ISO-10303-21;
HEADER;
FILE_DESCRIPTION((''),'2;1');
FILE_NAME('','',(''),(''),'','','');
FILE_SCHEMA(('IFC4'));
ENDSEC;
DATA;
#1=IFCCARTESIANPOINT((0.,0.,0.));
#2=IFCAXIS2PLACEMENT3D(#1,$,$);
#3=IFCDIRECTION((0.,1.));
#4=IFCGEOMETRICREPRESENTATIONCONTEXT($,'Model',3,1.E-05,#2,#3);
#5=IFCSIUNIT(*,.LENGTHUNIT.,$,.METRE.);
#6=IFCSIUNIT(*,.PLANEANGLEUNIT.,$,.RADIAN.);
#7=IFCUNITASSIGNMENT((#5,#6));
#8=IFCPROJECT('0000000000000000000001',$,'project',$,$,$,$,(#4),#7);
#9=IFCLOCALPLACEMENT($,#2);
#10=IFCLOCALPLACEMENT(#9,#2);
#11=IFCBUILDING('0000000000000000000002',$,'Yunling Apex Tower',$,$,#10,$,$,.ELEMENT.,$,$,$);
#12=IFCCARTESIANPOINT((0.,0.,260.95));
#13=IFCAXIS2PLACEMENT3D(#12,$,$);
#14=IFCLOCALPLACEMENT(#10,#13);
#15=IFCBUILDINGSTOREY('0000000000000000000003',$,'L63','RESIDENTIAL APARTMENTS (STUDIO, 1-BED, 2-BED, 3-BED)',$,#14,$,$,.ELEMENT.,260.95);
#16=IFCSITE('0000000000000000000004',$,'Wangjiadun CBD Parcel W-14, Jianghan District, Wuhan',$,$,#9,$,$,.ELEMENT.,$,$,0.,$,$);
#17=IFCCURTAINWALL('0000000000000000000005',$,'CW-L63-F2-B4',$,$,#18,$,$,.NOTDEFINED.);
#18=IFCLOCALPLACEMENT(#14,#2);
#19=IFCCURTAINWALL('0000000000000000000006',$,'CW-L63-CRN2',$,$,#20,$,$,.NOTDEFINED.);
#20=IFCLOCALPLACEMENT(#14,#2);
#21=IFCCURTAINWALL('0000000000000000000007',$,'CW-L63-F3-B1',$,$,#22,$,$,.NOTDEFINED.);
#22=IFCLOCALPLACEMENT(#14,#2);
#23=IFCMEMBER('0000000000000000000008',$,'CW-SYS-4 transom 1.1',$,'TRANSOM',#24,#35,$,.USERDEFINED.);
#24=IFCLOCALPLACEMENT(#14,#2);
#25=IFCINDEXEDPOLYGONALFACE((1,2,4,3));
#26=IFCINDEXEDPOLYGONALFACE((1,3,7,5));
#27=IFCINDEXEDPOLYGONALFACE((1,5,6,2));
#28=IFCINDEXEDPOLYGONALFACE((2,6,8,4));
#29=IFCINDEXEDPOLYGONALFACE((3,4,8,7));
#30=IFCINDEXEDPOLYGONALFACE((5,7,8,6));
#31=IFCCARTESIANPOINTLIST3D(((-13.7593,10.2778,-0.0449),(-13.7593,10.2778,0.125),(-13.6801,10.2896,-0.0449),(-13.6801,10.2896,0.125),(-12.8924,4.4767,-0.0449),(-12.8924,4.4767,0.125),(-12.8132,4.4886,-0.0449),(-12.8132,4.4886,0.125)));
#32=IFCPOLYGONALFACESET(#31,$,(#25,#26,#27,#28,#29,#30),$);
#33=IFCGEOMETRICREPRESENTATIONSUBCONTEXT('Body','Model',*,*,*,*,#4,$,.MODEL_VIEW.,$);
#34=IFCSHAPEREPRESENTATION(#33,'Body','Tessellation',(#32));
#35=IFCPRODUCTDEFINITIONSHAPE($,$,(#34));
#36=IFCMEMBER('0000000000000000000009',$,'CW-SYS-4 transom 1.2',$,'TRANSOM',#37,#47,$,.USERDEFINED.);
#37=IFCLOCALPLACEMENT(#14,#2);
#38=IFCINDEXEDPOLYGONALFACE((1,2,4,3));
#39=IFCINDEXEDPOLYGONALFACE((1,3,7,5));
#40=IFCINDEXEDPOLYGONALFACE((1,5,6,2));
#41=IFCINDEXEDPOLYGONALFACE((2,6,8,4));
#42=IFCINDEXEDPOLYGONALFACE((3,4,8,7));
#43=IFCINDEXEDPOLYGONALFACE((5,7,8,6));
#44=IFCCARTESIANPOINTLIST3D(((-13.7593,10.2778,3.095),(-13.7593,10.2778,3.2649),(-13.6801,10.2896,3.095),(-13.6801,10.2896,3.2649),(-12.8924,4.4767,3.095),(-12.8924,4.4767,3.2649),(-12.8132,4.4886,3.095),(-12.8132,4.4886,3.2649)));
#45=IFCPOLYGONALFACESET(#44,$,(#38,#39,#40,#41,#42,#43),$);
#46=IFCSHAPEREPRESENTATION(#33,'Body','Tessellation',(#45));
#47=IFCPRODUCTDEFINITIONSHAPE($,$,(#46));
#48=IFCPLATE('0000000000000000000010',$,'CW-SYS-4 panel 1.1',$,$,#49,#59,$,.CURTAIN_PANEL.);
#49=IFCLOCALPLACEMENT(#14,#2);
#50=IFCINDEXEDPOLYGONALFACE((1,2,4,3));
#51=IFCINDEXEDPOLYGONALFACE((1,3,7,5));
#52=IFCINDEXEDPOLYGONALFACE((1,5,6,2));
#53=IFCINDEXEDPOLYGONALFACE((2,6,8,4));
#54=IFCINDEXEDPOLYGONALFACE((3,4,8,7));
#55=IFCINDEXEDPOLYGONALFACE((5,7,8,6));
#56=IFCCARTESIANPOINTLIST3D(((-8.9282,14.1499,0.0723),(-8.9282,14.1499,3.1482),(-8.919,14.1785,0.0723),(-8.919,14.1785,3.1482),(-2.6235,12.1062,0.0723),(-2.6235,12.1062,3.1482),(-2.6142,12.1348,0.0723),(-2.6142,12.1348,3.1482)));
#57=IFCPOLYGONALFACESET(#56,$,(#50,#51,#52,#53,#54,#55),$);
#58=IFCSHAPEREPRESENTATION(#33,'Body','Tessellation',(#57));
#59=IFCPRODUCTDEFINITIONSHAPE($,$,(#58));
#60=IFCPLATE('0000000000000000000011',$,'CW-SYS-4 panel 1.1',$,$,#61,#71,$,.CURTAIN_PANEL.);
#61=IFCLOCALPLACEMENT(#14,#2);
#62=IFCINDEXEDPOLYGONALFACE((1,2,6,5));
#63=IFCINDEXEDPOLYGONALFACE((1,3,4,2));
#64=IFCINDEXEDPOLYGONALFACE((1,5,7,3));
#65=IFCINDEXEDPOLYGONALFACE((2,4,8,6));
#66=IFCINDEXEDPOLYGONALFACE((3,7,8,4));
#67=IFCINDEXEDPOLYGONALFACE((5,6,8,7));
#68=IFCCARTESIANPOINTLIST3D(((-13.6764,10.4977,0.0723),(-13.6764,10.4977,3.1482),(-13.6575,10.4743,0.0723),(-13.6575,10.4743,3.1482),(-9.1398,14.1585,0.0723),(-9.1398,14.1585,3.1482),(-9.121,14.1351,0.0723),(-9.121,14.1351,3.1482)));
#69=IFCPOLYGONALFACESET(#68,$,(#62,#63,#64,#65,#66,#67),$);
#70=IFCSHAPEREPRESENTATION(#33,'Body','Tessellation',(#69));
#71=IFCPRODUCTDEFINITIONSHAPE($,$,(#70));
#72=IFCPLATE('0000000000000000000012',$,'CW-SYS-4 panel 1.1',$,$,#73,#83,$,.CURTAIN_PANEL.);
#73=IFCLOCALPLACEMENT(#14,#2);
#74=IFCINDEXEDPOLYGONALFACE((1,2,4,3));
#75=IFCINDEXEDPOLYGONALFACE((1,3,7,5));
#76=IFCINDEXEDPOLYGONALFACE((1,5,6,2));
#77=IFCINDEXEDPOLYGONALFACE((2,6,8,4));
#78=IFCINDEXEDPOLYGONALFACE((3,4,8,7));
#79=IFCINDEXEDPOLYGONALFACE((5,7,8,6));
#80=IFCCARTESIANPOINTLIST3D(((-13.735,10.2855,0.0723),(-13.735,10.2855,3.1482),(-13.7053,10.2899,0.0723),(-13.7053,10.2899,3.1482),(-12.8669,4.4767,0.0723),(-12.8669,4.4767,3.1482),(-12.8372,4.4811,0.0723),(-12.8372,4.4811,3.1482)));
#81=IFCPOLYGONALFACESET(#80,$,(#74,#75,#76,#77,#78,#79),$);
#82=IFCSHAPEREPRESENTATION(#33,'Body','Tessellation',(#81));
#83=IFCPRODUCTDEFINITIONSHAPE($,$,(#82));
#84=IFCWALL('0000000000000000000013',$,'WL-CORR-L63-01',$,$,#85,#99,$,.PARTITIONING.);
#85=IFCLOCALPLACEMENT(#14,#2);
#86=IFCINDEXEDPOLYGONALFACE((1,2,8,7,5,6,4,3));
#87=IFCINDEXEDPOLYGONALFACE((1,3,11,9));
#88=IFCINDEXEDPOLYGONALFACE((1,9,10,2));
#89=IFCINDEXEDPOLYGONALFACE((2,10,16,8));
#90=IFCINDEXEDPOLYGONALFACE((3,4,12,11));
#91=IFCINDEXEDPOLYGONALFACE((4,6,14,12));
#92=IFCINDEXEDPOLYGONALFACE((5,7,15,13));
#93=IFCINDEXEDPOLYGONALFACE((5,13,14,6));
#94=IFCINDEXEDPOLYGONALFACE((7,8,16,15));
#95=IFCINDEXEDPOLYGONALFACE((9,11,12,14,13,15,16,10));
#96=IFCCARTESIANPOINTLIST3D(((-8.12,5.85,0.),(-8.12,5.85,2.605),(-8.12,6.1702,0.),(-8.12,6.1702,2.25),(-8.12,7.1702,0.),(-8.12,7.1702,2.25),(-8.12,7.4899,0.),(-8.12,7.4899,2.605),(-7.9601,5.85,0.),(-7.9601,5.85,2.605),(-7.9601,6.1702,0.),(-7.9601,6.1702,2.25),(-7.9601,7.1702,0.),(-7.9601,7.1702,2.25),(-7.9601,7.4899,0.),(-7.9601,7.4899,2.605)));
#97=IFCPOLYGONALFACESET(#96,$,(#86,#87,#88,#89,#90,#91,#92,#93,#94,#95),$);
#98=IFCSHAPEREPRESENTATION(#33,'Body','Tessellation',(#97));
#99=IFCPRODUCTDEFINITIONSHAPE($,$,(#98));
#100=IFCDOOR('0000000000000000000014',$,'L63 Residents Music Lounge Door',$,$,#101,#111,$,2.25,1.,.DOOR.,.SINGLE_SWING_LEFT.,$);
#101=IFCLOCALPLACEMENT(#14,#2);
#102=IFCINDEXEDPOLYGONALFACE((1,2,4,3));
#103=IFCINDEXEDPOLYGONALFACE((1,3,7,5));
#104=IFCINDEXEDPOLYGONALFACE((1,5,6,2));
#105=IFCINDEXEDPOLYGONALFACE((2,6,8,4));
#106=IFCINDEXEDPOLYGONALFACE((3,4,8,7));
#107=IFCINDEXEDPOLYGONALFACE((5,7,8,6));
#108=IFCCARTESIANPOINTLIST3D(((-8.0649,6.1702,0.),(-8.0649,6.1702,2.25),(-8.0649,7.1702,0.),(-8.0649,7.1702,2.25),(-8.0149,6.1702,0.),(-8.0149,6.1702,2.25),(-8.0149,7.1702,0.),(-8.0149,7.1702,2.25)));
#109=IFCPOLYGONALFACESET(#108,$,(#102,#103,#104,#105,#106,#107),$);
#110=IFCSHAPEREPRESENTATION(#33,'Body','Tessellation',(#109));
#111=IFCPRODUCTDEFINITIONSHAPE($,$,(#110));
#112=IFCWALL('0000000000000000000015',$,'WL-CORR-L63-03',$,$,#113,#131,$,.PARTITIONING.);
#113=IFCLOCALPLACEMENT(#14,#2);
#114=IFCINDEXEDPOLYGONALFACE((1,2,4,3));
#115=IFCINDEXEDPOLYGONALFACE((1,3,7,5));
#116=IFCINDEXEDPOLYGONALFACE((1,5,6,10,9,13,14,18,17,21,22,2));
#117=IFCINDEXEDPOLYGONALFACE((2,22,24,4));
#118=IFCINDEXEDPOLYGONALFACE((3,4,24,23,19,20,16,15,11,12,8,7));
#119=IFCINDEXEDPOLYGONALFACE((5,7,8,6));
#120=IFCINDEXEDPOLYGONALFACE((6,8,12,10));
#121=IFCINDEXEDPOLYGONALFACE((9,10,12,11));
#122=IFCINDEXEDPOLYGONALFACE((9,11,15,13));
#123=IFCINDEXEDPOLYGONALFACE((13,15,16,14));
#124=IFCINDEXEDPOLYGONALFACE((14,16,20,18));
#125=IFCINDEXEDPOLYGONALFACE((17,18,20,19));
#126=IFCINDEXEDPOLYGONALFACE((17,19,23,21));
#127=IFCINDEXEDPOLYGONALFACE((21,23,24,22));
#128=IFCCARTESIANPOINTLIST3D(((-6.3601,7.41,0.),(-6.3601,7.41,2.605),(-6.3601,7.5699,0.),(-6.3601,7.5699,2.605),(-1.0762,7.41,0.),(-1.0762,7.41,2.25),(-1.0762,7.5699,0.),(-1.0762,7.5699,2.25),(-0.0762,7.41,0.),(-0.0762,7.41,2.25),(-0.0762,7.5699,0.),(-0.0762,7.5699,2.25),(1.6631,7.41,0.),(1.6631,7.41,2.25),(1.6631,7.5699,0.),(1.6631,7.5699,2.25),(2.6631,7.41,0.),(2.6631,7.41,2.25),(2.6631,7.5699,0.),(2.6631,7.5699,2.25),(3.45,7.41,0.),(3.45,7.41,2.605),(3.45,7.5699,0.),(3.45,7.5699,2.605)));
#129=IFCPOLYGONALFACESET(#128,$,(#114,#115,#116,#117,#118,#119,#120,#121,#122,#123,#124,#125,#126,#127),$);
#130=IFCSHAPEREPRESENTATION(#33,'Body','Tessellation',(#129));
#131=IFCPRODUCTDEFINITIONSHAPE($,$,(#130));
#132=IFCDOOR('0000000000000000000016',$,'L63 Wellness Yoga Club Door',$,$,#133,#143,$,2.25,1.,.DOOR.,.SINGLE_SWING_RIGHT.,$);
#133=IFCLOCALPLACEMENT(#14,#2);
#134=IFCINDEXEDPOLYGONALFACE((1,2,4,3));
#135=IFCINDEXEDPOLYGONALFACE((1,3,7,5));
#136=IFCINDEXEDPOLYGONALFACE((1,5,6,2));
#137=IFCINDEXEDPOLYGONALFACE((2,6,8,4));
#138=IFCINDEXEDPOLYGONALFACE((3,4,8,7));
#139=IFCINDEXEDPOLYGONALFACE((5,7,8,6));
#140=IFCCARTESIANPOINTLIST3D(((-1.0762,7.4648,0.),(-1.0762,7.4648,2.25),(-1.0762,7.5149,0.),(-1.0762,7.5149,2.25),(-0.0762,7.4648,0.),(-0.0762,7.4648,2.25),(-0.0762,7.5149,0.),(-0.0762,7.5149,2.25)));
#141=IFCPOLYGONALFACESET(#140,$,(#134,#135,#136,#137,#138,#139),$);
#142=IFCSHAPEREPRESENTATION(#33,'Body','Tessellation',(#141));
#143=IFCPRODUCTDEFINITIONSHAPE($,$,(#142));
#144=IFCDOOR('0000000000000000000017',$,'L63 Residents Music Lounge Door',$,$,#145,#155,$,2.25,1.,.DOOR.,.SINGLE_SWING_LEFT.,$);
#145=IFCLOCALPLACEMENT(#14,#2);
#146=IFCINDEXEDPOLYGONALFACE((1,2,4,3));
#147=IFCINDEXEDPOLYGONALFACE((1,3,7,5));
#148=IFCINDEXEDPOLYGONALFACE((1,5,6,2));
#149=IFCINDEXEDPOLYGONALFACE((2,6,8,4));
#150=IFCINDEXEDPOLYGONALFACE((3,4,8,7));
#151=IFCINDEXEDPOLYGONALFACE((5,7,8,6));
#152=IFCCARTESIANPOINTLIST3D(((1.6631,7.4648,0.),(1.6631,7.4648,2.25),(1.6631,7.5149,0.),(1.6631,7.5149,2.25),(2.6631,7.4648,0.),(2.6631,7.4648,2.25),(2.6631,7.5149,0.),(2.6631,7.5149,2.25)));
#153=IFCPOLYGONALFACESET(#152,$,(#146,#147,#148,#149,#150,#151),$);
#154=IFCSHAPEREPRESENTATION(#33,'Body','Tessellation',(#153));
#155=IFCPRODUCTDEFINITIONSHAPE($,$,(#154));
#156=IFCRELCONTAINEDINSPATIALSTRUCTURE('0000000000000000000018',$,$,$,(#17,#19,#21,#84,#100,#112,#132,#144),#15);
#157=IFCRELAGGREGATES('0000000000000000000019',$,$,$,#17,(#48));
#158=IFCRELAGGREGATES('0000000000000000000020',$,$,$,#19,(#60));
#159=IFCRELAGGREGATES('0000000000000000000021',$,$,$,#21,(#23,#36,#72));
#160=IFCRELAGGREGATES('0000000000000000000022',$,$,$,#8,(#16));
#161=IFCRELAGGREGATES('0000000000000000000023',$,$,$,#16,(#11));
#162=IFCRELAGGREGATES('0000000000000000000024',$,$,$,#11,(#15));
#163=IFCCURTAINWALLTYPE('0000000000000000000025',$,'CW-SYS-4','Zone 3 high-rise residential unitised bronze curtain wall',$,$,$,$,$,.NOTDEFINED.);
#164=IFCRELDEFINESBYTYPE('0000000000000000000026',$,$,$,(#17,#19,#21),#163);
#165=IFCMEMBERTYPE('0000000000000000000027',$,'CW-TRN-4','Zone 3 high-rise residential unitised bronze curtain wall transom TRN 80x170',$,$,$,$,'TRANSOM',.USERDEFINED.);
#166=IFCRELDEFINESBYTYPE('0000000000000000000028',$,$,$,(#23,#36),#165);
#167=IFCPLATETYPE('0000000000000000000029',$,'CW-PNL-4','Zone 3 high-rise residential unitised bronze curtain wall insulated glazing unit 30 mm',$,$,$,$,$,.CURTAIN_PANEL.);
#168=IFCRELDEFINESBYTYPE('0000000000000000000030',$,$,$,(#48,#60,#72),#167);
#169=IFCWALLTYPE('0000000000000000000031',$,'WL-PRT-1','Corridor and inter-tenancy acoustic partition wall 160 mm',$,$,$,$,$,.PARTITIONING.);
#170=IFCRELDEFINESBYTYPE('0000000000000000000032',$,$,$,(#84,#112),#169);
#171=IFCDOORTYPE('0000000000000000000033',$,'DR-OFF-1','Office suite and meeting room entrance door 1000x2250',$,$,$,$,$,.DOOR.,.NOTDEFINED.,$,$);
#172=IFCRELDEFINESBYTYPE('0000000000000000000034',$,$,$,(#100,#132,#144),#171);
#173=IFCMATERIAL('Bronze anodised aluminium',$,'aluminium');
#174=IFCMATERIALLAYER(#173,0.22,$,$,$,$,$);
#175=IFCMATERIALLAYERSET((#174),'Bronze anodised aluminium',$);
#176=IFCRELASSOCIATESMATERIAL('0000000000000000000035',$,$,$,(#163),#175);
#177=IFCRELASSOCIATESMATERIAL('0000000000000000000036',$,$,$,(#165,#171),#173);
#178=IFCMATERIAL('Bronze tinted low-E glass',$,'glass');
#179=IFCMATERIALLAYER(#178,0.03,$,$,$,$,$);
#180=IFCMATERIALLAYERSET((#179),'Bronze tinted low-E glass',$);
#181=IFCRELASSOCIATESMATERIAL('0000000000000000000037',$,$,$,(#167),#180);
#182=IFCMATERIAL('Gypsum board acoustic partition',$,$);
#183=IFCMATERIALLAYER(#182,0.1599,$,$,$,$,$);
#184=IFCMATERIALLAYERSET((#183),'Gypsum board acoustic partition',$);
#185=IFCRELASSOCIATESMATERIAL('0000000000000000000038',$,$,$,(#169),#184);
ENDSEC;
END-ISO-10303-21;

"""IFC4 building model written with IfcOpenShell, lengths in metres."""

from ifc_helpers import new_model, si_unit, direction, frame, frame_2d, origin, origin_2d, place, context, subcontext, project, spatial, rectangle, extrude, source, transform, mapped, material, layer, layer_set, material_profile, profile_set, type_object, element, fill, aggregate, save


model = new_model("IFC4")

# Units and contexts
model_context = context("Model", 3, precision=1e-05, world=origin(), true_north=direction((0.0, 1.0)))
body_context = subcontext(model_context, "Body", "Model", "MODEL_VIEW")
ifc_project = project(units=[si_unit("LENGTHUNIT", "METRE"), si_unit("PLANEANGLEUNIT", "RADIAN")], contexts=[model_context])

# Site, building, storey
site_placement = place(None, origin())
site = spatial("IfcSite", under=ifc_project, at=site_placement, Name="Wangjiadun CBD Parcel W-14, Jianghan District, Wuhan", CompositionType="ELEMENT", RefElevation=0.0)
building_placement = place(site_placement, origin())
building = spatial("IfcBuilding", under=site, at=building_placement, Name="Yunling Apex Tower", CompositionType="ELEMENT")
storey_placement = place(building_placement, frame((0.0, 0.0, 260.95)))
storey = spatial("IfcBuildingStorey", under=building, at=storey_placement, Name="L63", Description="RESIDENTIAL APARTMENTS (STUDIO, 1-BED, 2-BED, 3-BED)", CompositionType="ELEMENT", Elevation=260.95)

# Curtain wall
ifc_material_1 = material(Name="Bronze anodised aluminium", Category="aluminium")
ifc_layer_1 = layer(ifc_material_1, 0.22)
ifc_layer_set_1 = layer_set([ifc_layer_1], Name="Bronze anodised aluminium")
curtain_wall_type = type_object("IfcCurtainWallType", Name="CW-SYS-4", Description="Zone 3 high-rise residential unitised bronze curtain wall", PredefinedType="NOTDEFINED", material=ifc_layer_set_1)
curtain_wall_1_placement = place(storey_placement, origin())
curtain_wall_1 = element("IfcCurtainWall", 1, at=curtain_wall_1_placement, inside=storey, type_object=curtain_wall_type, Name="CW-L63-F2-B4", PredefinedType="NOTDEFINED")

# Curtain wall
curtain_wall_2_placement = place(storey_placement, origin())
curtain_wall_2 = element("IfcCurtainWall", 2, at=curtain_wall_2_placement, inside=storey, type_object=curtain_wall_type, Name="CW-L63-CRN2", PredefinedType="NOTDEFINED")

# Curtain wall
curtain_wall_3_placement = place(storey_placement, origin())
curtain_wall_3 = element("IfcCurtainWall", 3, at=curtain_wall_3_placement, inside=storey, type_object=curtain_wall_type, Name="CW-L63-F3-B1", PredefinedType="NOTDEFINED")

# Members
ifc_material_profile_1 = material_profile(ifc_material_1, rectangle(XDim=0.0801, YDim=0.1699, at=origin_2d()))
ifc_profile_set_1 = profile_set([ifc_material_profile_1], Name="Bronze anodised aluminium")
member_type_1 = type_object("IfcMemberType", Name="CW-TRN-4", Description="Zone 3 high-rise residential unitised bronze curtain wall transom TRN 80x170", ElementType="TRANSOM", PredefinedType="USERDEFINED", material=ifc_profile_set_1)
shared_shape_1 = source(origin(), body_context, "Body", "SweptSolid", [
    extrude(rectangle(XDim=0.0801, YDim=0.1699, at=origin_2d()), origin(), (0.0, 0.0, 1.0), 5.8655),
])
member_1_placement = place(storey_placement, frame((-13.7197, 10.2837, 0.04), z_axis=(0.147805, -0.989017, 0.0), x_axis=(0.989017, 0.147805, 0.0)))
member_1 = element("IfcMember", 4, at=member_1_placement, type_object=member_type_1, Name="CW-SYS-4 transom 1.1", ObjectType="TRANSOM", PredefinedType="USERDEFINED", context=body_context, shape_type="MappedRepresentation", body=[
    mapped(shared_shape_1, transform((0.0, 0.0, 0.0), scale=1.0)),
])
member_2_placement = place(storey_placement, frame((-13.7197, 10.2837, 3.1799), z_axis=(0.147805, -0.989017, 0.0), x_axis=(0.989017, 0.147805, 0.0)))
member_2 = element("IfcMember", 5, at=member_2_placement, type_object=member_type_1, Name="CW-SYS-4 transom 1.2", ObjectType="TRANSOM", PredefinedType="USERDEFINED", context=body_context, shape_type="MappedRepresentation", body=[
    mapped(shared_shape_1, transform((0.0, 0.0, 0.0), scale=1.0)),
])

# Plates
ifc_material_2 = material(Name="Bronze tinted low-E glass", Category="glass")
ifc_layer_2 = layer(ifc_material_2, 0.03)
ifc_layer_set_2 = layer_set([ifc_layer_2], Name="Bronze tinted low-E glass")
plate_type = type_object("IfcPlateType", Name="CW-PNL-4", Description="Zone 3 high-rise residential unitised bronze curtain wall insulated glazing unit 30 mm", PredefinedType="CURTAIN_PANEL", material=ifc_layer_set_2)
shared_shape_2 = source(origin(), body_context, "Body", "SweptSolid", [
    extrude(rectangle(XDim=6.6277, YDim=0.03, at=origin_2d()), origin(), (0.0, 0.0, 1.0), 3.0759),
])
plate_1_placement = place(storey_placement, frame((-5.7712, 13.1423, 0.0723), z_axis=(0.0, 0.0, 1.0), x_axis=(-0.951272, 0.308353, 0.0)))
plate_1 = element("IfcPlate", 6, at=plate_1_placement, type_object=plate_type, Name="CW-SYS-4 panel 1.1", PredefinedType="CURTAIN_PANEL", context=body_context, shape_type="MappedRepresentation", body=[
    mapped(shared_shape_2, transform((0.0, 0.0, 0.0), scale=1.0)),
])
aggregate(curtain_wall_1, [plate_1])
shared_shape_3 = source(origin(), body_context, "Body", "SweptSolid", [
    extrude(rectangle(XDim=5.8293, YDim=0.03, at=origin_2d()), origin(), (0.0, 0.0, 1.0), 3.0759),
])
plate_2_placement = place(storey_placement, frame((-11.3987, 12.3164, 0.0723), z_axis=(0.0, 0.0, 1.0), x_axis=(-0.778222, -0.627989, 0.0)))
plate_2 = element("IfcPlate", 7, at=plate_2_placement, type_object=plate_type, Name="CW-SYS-4 panel 1.1", PredefinedType="CURTAIN_PANEL", context=body_context, shape_type="MappedRepresentation", body=[
    mapped(shared_shape_3, transform((0.0, 0.0, 0.0), scale=1.0)),
])
aggregate(curtain_wall_2, [plate_2])
shared_shape_4 = source(origin(), body_context, "Body", "SweptSolid", [
    extrude(rectangle(XDim=5.8733, YDim=0.03, at=origin_2d()), origin(), (0.0, 0.0, 1.0), 3.0759),
])
plate_3_placement = place(storey_placement, frame((-13.2861, 7.3833, 0.0723), z_axis=(0.0, 0.0, 1.0), x_axis=(0.147807, -0.989016, 0.0)))
plate_3 = element("IfcPlate", 8, at=plate_3_placement, type_object=plate_type, Name="CW-SYS-4 panel 1.1", PredefinedType="CURTAIN_PANEL", context=body_context, shape_type="MappedRepresentation", body=[
    mapped(shared_shape_4, transform((0.0, 0.0, 0.0), scale=1.0)),
])
aggregate(curtain_wall_3, [member_1, member_2, plate_3])

# Wall, opening, door
ifc_material_3 = material(Name="Gypsum board acoustic partition")
ifc_layer_3 = layer(ifc_material_3, 0.1599)
ifc_layer_set_3 = layer_set([ifc_layer_3], Name="Gypsum board acoustic partition")
wall_type = type_object("IfcWallType", Name="WL-PRT-1", Description="Corridor and inter-tenancy acoustic partition wall 160 mm", PredefinedType="PARTITIONING", material=ifc_layer_set_3)
wall_1_placement = place(storey_placement, frame((-8.04, 5.8501, 0.0), z_axis=(0.0, 0.0, 1.0), x_axis=(0.0, 1.0, 0.0)))
wall_1 = element("IfcWall", 9, at=wall_1_placement, inside=storey, type_object=wall_type, Name="WL-CORR-L63-01", PredefinedType="PARTITIONING", context=body_context, shape_type="SweptSolid", body=[
    extrude(rectangle(XDim=1.6399, YDim=0.1599, at=frame_2d((0.8198, 0.0))), origin(), (0.0, 0.0, 1.0), 2.605),
])
opening_1_placement = place(wall_1_placement, frame((0.3201, 0.0, 0.0)))
opening_1 = element("IfcOpeningElement", 10, at=opening_1_placement, cuts=wall_1, PredefinedType="OPENING", context=body_context, shape_type="SweptSolid", body=[
    extrude(rectangle(XDim=1.0, YDim=2.25, at=frame_2d((0.5, 1.125))), frame((0.0, 0.0898, 0.0), z_axis=(0.0, -1.0, 0.0), x_axis=(1.0, 0.0, 0.0)), (0.0, 0.0, 1.0), 0.1799),
])
door_type = type_object("IfcDoorType", Name="DR-OFF-1", Description="Office suite and meeting room entrance door 1000x2250", OperationType="NOTDEFINED", PredefinedType="DOOR", material=ifc_material_1)
door_1_placement = place(opening_1_placement, origin())
door_1 = element("IfcDoor", 11, at=door_1_placement, inside=storey, type_object=door_type, Name="L63 Residents Music Lounge Door", OperationType="SINGLE_SWING_LEFT", OverallHeight=2.25, OverallWidth=1.0, PredefinedType="DOOR", context=body_context, shape_type="SweptSolid", body=[
    extrude(rectangle(XDim=1.0, YDim=2.25, at=frame_2d((0.5, 1.125))), frame((0.0, 0.0249, 0.0), z_axis=(0.0, -1.0, 0.0), x_axis=(1.0, 0.0, 0.0)), (0.0, 0.0, 1.0), 0.05),
])
fill(opening_1, door_1)

# Wall, openings, doors
wall_2_placement = place(storey_placement, frame((-6.3601, 7.49, 0.0), z_axis=(0.0, 0.0, 1.0), x_axis=(1.0, 0.0, 0.0)))
wall_2 = element("IfcWall", 12, at=wall_2_placement, inside=storey, type_object=wall_type, Name="WL-CORR-L63-03", PredefinedType="PARTITIONING", context=body_context, shape_type="SweptSolid", body=[
    extrude(rectangle(XDim=9.8101, YDim=0.1599, at=frame_2d((4.905, 0.0))), origin(), (0.0, 0.0, 1.0), 2.605),
])
opening_2_placement = place(wall_2_placement, frame((5.2839, 0.0, 0.0)))
opening_2 = element("IfcOpeningElement", 13, at=opening_2_placement, cuts=wall_2, PredefinedType="OPENING", context=body_context, shape_type="SweptSolid", body=[
    extrude(rectangle(XDim=1.0, YDim=2.25, at=frame_2d((0.5, 1.125))), frame((0.0, 0.0898, 0.0), z_axis=(0.0, -1.0, 0.0), x_axis=(1.0, 0.0, 0.0)), (0.0, 0.0, 1.0), 0.1799),
])
opening_3_placement = place(wall_2_placement, frame((8.0232, 0.0, 0.0)))
opening_3 = element("IfcOpeningElement", 14, at=opening_3_placement, cuts=wall_2, PredefinedType="OPENING", context=body_context, shape_type="SweptSolid", body=[
    extrude(rectangle(XDim=1.0, YDim=2.25, at=frame_2d((0.5, 1.125))), frame((0.0, 0.0898, 0.0), z_axis=(0.0, -1.0, 0.0), x_axis=(1.0, 0.0, 0.0)), (0.0, 0.0, 1.0), 0.1799),
])
door_2_placement = place(opening_2_placement, origin())
door_2 = element("IfcDoor", 15, at=door_2_placement, inside=storey, type_object=door_type, Name="L63 Wellness Yoga Club Door", OperationType="SINGLE_SWING_RIGHT", OverallHeight=2.25, OverallWidth=1.0, PredefinedType="DOOR", context=body_context, shape_type="SweptSolid", body=[
    extrude(rectangle(XDim=1.0, YDim=2.25, at=frame_2d((0.5, 1.125))), frame((0.0, 0.0249, 0.0), z_axis=(0.0, -1.0, 0.0), x_axis=(1.0, 0.0, 0.0)), (0.0, 0.0, 1.0), 0.05),
])
fill(opening_2, door_2)
door_3_placement = place(opening_3_placement, origin())
door_3 = element("IfcDoor", 16, at=door_3_placement, inside=storey, type_object=door_type, Name="L63 Residents Music Lounge Door", OperationType="SINGLE_SWING_LEFT", OverallHeight=2.25, OverallWidth=1.0, PredefinedType="DOOR", context=body_context, shape_type="SweptSolid", body=[
    extrude(rectangle(XDim=1.0, YDim=2.25, at=frame_2d((0.5, 1.125))), frame((0.0, 0.0249, 0.0), z_axis=(0.0, -1.0, 0.0), x_axis=(1.0, 0.0, 0.0)), (0.0, 0.0, 1.0), 0.05),
])
fill(opening_3, door_3)

save(model, "model.ifc")
